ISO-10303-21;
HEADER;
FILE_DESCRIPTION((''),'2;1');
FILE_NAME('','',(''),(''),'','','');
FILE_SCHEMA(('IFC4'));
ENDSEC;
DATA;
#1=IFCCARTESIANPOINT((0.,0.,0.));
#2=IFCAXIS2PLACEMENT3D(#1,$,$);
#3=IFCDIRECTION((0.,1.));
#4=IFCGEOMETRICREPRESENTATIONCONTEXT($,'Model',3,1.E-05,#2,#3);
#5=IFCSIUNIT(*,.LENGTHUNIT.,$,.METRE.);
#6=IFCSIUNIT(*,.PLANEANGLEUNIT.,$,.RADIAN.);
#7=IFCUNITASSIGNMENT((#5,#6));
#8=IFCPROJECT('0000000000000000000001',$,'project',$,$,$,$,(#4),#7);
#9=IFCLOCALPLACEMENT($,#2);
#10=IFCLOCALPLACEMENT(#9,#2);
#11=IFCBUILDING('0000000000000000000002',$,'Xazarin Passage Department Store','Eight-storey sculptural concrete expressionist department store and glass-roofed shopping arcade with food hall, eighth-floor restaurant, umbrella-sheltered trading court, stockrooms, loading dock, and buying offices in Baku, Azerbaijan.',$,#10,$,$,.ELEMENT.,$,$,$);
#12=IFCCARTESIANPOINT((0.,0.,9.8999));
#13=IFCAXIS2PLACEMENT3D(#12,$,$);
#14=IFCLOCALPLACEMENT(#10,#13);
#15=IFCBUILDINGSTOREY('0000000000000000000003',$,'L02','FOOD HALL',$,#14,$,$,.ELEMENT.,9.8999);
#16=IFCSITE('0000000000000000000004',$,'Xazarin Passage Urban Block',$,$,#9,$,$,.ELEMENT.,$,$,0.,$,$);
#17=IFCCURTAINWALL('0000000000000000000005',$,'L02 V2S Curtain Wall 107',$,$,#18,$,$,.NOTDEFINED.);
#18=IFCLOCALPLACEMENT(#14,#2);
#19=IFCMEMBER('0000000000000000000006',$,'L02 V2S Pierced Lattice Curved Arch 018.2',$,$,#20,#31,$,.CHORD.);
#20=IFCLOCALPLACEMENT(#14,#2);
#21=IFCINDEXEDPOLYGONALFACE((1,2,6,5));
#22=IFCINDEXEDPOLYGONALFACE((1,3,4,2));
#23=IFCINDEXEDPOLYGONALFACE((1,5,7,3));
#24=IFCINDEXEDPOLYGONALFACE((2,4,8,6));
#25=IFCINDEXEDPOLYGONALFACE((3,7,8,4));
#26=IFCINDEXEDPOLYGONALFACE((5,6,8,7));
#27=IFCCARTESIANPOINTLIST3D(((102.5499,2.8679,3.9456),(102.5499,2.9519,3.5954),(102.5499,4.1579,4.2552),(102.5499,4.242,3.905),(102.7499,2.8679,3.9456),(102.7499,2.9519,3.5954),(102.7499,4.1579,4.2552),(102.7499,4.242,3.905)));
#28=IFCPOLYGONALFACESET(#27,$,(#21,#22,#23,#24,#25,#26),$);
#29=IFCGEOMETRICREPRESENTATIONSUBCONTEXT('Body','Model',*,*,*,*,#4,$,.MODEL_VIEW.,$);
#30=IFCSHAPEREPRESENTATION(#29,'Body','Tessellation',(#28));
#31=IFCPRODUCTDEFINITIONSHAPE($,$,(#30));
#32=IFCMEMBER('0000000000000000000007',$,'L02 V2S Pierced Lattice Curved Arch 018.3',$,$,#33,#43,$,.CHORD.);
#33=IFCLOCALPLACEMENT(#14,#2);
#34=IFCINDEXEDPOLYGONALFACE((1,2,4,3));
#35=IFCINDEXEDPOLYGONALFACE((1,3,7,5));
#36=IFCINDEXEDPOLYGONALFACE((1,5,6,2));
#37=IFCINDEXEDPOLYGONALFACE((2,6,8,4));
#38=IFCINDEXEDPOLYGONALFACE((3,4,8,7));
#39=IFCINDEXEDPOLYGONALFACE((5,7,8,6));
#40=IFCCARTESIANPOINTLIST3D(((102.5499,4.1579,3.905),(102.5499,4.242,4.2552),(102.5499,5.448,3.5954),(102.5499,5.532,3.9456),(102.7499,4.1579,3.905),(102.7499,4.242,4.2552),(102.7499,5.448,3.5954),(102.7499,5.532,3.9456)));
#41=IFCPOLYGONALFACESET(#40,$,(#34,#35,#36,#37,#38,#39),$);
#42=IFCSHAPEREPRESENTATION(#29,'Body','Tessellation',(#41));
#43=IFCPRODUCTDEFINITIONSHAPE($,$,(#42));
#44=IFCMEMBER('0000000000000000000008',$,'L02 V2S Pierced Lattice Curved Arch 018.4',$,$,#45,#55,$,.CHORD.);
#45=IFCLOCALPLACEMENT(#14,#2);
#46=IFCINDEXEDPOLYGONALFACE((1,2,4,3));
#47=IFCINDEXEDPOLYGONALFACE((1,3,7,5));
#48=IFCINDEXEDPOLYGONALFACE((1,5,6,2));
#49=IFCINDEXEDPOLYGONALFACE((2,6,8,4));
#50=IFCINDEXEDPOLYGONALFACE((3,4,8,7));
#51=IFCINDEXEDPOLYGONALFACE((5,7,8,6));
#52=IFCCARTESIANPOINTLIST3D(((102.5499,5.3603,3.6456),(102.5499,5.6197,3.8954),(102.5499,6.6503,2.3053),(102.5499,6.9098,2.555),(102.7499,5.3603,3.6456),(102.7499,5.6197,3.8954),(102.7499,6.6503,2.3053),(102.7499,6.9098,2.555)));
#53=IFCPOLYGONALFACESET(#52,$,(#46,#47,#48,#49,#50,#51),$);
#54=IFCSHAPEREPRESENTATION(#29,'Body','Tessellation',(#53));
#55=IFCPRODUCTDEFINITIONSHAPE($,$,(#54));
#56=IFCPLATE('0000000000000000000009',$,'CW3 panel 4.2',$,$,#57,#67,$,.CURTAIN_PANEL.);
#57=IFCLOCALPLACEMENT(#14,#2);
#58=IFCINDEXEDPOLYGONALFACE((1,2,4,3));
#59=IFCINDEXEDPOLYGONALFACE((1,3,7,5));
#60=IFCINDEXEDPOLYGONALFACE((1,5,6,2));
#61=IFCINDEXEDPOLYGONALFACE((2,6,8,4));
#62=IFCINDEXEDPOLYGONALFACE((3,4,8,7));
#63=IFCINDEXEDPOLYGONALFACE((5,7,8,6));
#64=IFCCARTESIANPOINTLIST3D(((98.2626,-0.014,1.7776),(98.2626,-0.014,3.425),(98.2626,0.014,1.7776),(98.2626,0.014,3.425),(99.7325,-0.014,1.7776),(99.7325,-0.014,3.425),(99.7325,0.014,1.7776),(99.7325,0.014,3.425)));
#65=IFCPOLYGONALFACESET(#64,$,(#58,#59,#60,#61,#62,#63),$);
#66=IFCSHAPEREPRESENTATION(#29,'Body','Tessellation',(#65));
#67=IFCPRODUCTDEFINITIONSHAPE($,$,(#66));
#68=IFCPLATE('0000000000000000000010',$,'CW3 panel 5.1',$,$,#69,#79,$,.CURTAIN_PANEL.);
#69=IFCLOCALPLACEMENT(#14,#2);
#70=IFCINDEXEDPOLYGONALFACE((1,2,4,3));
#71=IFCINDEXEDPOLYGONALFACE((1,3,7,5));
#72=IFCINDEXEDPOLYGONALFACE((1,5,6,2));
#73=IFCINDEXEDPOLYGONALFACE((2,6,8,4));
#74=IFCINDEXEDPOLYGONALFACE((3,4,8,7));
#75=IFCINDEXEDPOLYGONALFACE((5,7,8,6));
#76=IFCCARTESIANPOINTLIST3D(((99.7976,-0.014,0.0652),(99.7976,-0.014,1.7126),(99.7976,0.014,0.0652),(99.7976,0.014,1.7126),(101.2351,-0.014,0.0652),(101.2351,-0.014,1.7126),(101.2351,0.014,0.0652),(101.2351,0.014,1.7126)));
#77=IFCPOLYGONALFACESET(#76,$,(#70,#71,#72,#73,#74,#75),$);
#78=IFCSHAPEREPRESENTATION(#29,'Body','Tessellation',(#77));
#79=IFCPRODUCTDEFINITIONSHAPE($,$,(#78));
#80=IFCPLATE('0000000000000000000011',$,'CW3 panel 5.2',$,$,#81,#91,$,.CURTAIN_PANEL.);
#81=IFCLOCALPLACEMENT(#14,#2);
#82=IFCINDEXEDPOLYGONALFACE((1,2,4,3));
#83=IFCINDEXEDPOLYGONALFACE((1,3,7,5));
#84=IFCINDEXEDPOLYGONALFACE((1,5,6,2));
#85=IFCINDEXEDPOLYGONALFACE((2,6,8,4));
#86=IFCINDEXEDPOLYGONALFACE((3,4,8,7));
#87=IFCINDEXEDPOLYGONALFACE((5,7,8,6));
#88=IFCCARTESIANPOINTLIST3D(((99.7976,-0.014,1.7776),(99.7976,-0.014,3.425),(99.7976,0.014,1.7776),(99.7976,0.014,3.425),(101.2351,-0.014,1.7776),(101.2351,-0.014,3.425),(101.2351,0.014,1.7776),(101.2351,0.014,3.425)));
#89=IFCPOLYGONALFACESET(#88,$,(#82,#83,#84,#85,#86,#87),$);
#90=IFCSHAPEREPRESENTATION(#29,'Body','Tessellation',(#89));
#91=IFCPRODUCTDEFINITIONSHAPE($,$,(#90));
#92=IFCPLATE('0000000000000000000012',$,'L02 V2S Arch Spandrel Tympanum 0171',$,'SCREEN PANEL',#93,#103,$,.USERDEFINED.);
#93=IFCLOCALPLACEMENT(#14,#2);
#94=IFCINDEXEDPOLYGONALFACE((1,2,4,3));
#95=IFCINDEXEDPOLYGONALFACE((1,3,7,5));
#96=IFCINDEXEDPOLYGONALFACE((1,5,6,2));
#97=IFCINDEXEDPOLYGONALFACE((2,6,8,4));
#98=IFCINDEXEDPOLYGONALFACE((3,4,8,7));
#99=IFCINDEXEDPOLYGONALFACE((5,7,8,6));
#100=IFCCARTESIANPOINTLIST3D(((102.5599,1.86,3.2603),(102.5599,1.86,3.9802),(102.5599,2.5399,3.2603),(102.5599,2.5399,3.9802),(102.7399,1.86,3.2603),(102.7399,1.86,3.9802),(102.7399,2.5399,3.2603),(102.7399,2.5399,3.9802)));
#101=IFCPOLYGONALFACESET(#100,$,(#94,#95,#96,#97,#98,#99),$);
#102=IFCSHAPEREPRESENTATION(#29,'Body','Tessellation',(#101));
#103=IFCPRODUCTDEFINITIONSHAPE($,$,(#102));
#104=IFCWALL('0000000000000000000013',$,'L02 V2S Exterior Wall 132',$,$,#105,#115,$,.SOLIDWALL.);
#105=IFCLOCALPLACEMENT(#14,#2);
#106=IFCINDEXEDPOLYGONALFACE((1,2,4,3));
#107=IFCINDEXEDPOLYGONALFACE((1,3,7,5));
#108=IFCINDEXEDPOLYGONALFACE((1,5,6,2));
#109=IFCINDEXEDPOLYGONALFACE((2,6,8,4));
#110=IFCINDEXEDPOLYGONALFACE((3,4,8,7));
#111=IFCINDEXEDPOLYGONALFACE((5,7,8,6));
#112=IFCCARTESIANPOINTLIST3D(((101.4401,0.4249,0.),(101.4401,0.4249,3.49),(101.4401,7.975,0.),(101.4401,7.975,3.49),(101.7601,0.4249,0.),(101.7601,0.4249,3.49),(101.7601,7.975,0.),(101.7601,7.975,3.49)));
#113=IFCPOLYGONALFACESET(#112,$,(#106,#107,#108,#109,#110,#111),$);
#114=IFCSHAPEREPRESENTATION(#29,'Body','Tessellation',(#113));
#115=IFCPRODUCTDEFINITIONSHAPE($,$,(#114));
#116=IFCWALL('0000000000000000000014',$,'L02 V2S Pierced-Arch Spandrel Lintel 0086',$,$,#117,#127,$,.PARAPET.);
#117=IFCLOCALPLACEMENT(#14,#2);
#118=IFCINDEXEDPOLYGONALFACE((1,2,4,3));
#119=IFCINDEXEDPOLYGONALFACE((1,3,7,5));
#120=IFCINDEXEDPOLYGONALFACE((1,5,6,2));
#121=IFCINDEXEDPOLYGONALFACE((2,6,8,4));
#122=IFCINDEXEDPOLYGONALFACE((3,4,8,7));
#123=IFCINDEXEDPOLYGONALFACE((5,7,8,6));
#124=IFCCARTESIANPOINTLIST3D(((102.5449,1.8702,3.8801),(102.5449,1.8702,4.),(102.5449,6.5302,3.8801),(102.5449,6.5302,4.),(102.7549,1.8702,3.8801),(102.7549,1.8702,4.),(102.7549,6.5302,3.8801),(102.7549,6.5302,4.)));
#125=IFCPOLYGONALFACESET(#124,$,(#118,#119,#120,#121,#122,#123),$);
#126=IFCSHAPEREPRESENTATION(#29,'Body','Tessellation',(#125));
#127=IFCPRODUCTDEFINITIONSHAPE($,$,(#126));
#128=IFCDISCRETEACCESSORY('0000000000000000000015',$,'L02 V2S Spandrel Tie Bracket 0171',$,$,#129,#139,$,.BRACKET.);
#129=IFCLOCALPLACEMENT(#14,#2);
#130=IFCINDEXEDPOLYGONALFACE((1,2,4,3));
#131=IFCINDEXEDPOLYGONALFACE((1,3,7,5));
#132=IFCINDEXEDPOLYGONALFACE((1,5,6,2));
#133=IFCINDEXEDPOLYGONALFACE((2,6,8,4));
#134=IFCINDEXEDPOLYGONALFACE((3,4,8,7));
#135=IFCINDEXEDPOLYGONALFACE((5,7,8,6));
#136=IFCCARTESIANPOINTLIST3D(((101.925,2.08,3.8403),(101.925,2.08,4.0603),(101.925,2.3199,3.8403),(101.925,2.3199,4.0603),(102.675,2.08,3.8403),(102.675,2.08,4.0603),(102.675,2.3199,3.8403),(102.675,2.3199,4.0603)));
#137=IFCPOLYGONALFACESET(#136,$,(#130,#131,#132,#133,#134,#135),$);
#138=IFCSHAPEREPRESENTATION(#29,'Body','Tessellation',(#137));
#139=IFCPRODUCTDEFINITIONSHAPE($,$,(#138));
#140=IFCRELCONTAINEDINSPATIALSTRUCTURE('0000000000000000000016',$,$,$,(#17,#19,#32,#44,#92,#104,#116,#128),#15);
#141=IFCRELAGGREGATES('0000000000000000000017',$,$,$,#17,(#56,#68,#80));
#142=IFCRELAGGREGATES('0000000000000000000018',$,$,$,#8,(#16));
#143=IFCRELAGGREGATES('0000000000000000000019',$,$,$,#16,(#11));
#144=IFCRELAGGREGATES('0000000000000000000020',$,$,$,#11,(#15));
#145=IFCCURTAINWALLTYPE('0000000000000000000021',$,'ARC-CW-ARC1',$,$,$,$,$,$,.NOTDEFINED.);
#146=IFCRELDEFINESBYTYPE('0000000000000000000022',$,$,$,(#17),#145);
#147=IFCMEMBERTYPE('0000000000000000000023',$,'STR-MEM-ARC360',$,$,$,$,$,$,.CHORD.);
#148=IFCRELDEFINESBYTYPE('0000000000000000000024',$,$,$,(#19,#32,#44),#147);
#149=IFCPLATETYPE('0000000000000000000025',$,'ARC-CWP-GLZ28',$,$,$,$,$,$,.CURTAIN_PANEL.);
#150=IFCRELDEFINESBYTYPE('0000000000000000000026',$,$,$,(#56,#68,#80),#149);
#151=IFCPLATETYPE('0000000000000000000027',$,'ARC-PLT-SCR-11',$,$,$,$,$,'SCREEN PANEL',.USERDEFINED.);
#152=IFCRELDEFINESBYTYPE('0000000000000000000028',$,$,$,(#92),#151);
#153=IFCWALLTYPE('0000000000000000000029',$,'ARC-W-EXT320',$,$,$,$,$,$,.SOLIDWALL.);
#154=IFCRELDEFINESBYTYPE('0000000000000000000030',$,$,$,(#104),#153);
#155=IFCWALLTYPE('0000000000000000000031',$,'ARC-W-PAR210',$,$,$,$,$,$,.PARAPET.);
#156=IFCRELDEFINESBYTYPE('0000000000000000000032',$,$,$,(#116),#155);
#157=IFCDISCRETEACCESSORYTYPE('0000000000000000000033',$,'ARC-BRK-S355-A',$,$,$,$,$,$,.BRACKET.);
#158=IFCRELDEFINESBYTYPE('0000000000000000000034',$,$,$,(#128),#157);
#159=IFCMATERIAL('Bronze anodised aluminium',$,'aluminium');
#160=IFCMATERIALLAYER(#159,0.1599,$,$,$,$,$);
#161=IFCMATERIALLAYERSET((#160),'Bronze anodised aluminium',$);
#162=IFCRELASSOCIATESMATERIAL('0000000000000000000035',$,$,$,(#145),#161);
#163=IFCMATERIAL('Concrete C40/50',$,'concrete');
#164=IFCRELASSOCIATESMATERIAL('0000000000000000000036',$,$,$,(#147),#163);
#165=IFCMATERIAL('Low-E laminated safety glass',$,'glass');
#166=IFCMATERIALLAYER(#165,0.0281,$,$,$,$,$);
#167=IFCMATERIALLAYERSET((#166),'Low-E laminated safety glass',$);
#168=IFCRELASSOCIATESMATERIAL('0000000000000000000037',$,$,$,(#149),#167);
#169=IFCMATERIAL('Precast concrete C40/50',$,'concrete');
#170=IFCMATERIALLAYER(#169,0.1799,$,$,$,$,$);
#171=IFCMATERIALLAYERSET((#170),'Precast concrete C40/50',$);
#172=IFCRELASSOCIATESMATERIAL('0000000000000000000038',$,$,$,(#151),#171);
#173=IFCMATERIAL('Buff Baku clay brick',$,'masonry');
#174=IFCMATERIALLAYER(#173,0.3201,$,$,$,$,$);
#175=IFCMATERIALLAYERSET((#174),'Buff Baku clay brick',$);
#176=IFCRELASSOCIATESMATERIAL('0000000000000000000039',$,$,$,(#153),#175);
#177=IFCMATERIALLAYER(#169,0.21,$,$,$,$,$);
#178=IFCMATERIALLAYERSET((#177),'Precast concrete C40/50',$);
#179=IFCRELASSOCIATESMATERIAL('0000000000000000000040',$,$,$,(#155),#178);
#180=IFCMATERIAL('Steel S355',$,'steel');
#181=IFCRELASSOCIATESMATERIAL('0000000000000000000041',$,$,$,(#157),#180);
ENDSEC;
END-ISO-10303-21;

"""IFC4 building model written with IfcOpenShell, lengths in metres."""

from ifc_helpers import new_model, si_unit, direction, frame, frame_2d, origin, origin_2d, place, context, subcontext, project, spatial, rectangle, extrude, material, layer, layer_set, material_profile, profile_set, type_object, element, aggregate, save


model = new_model("IFC4")

# Units and contexts
model_context = context("Model", 3, precision=1e-05, world=origin(), true_north=direction((0.0, 1.0)))
body_context = subcontext(model_context, "Body", "Model", "MODEL_VIEW")
ifc_project = project(units=[si_unit("LENGTHUNIT", "METRE"), si_unit("PLANEANGLEUNIT", "RADIAN")], contexts=[model_context])

# Site, building, storey
site_placement = place(None, origin())
site = spatial("IfcSite", under=ifc_project, at=site_placement, Name="Xazarin Passage Urban Block", CompositionType="ELEMENT", RefElevation=0.0)
building_placement = place(site_placement, origin())
building = spatial("IfcBuilding", under=site, at=building_placement, Name="Xazarin Passage Department Store", Description="Eight-storey sculptural concrete expressionist department store and glass-roofed shopping arcade with food hall, eighth-floor restaurant, umbrella-sheltered trading court, stockrooms, loading dock, and buying offices in Baku, Azerbaijan.", CompositionType="ELEMENT")
storey_placement = place(building_placement, frame((0.0, 0.0, 9.8999)))
storey = spatial("IfcBuildingStorey", under=building, at=storey_placement, Name="L02", Description="FOOD HALL", CompositionType="ELEMENT", Elevation=9.8999)

# Shared definitions
ifc_material_1 = material(Name="Concrete C40/50", Category="concrete")

# Curtain wall
ifc_material_2 = material(Name="Bronze anodised aluminium", Category="aluminium")
ifc_layer_1 = layer(ifc_material_2, 0.1599)
ifc_layer_set_1 = layer_set([ifc_layer_1], Name="Bronze anodised aluminium")
curtain_wall_type = type_object("IfcCurtainWallType", Name="ARC-CW-ARC1", PredefinedType="NOTDEFINED", material=ifc_layer_set_1)
curtain_wall_placement = place(storey_placement, origin())
curtain_wall = element("IfcCurtainWall", 1, at=curtain_wall_placement, inside=storey, type_object=curtain_wall_type, Name="L02 V2S Curtain Wall 107", PredefinedType="NOTDEFINED")

# Members
ifc_material_profile_1 = material_profile(ifc_material_1, rectangle(XDim=0.2, YDim=0.3601, at=origin_2d()), Name="RC 200x360")
ifc_profile_set_1 = profile_set([ifc_material_profile_1], Name="Concrete C40/50")
member_type_1 = type_object("IfcMemberType", Name="STR-MEM-ARC360", PredefinedType="CHORD", material=ifc_profile_set_1)
for number, where, z_axis, x_axis, name in (
    (2, (102.6499, 2.9099, 3.7705), (0.0, 0.972394, 0.233345), (-1.0, 0.0, 0.0), "L02 V2S Pierced Lattice Curved Arch 018.2"),
    (3, (102.6499, 4.2, 4.0801), (0.0, 0.972394, -0.233345), (-1.0, 0.0, 0.0), "L02 V2S Pierced Lattice Curved Arch 018.3"),
):
    element("IfcMember", number, at=place(storey_placement, frame(where, z_axis=z_axis, x_axis=x_axis)), inside=storey, type_object=member_type_1, Name=name, PredefinedType="CHORD", context=body_context, shape_type="SweptSolid", body=[
        extrude(rectangle(XDim=0.2, YDim=0.3601, at=origin_2d()), origin(), (0.0, 0.0, 1.0), 1.3267),
    ])
member_1_placement = place(storey_placement, frame((102.6499, 5.49, 3.7705), z_axis=(0.0, 0.69346, -0.720495), x_axis=(-1.0, 0.0, 0.0)))
element("IfcMember", 4, at=member_1_placement, inside=storey, type_object=member_type_1, Name="L02 V2S Pierced Lattice Curved Arch 018.4", PredefinedType="CHORD", context=body_context, shape_type="SweptSolid", body=[
    extrude(rectangle(XDim=0.2, YDim=0.3601, at=origin_2d()), origin(), (0.0, 0.0, 1.0), 1.8604),
])

# Plates
ifc_material_3 = material(Name="Low-E laminated safety glass", Category="glass")
ifc_layer_2 = layer(ifc_material_3, 0.0281)
ifc_layer_set_2 = layer_set([ifc_layer_2], Name="Low-E laminated safety glass")
plate_type_1 = type_object("IfcPlateType", Name="ARC-CWP-GLZ28", PredefinedType="CURTAIN_PANEL", material=ifc_layer_set_2)
plate_1_placement = place(storey_placement, frame((98.9976, 0.0, 1.7776), z_axis=(0.0, 0.0, 1.0), x_axis=(1.0, 0.0, 0.0)))
plate_1 = element("IfcPlate", 5, at=plate_1_placement, type_object=plate_type_1, Name="CW3 panel 4.2", PredefinedType="CURTAIN_PANEL", context=body_context, shape_type="SweptSolid", body=[
    extrude(rectangle(XDim=1.47, YDim=0.0281, at=origin_2d()), origin(), (0.0, 0.0, 1.0), 1.6475),
])
plate_2_placement = place(storey_placement, frame((100.5164, 0.0, 0.0652), z_axis=(0.0, 0.0, 1.0), x_axis=(1.0, 0.0, 0.0)))
plate_2 = element("IfcPlate", 6, at=plate_2_placement, type_object=plate_type_1, Name="CW3 panel 5.1", PredefinedType="CURTAIN_PANEL", context=body_context, shape_type="SweptSolid", body=[
    extrude(rectangle(XDim=1.4375, YDim=0.0281, at=origin_2d()), origin(), (0.0, 0.0, 1.0), 1.6475),
])
plate_3_placement = place(storey_placement, frame((100.5164, 0.0, 1.7776), z_axis=(0.0, 0.0, 1.0), x_axis=(1.0, 0.0, 0.0)))
plate_3 = element("IfcPlate", 7, at=plate_3_placement, type_object=plate_type_1, Name="CW3 panel 5.2", PredefinedType="CURTAIN_PANEL", context=body_context, shape_type="SweptSolid", body=[
    extrude(rectangle(XDim=1.4375, YDim=0.0281, at=origin_2d()), origin(), (0.0, 0.0, 1.0), 1.6475),
])
aggregate(curtain_wall, [plate_1, plate_2, plate_3])
ifc_material_4 = material(Name="Precast concrete C40/50", Category="concrete")
ifc_layer_3 = layer(ifc_material_4, 0.1799)
ifc_layer_set_3 = layer_set([ifc_layer_3], Name="Precast concrete C40/50")
plate_type_2 = type_object("IfcPlateType", Name="ARC-PLT-SCR-11", ElementType="SCREEN PANEL", PredefinedType="USERDEFINED", material=ifc_layer_set_3)
plate_4_placement = place(storey_placement, frame((102.6499, 2.2, 3.2603), z_axis=(0.0, 0.0, 1.0), x_axis=(0.0, 1.0, 0.0)))
element("IfcPlate", 8, at=plate_4_placement, inside=storey, type_object=plate_type_2, Name="L02 V2S Arch Spandrel Tympanum 0171", ObjectType="SCREEN PANEL", PredefinedType="USERDEFINED", context=body_context, shape_type="SweptSolid", body=[
    extrude(rectangle(XDim=0.6799, YDim=0.1799, at=origin_2d()), origin(), (0.0, 0.0, 1.0), 0.72),
])

# Walls
ifc_material_5 = material(Name="Buff Baku clay brick", Category="masonry")
ifc_layer_4 = layer(ifc_material_5, 0.3201)
ifc_layer_set_4 = layer_set([ifc_layer_4], Name="Buff Baku clay brick")
wall_type_1 = type_object("IfcWallType", Name="ARC-W-EXT320", PredefinedType="SOLIDWALL", material=ifc_layer_set_4)
wall_1_placement = place(storey_placement, frame((101.6001, 0.425, 0.0), z_axis=(0.0, 0.0, 1.0), x_axis=(0.0, 1.0, 0.0)))
element("IfcWall", 9, at=wall_1_placement, inside=storey, type_object=wall_type_1, Name="L02 V2S Exterior Wall 132", PredefinedType="SOLIDWALL", context=body_context, shape_type="SweptSolid", body=[
    extrude(rectangle(XDim=7.55, YDim=0.3201, at=frame_2d((3.7749, 0.0))), origin(), (0.0, 0.0, 1.0), 3.49),
])
ifc_layer_5 = layer(ifc_material_4, 0.21)
ifc_layer_set_5 = layer_set([ifc_layer_5], Name="Precast concrete C40/50")
wall_type_2 = type_object("IfcWallType", Name="ARC-W-PAR210", PredefinedType="PARAPET", material=ifc_layer_set_5)
wall_2_placement = place(storey_placement, frame((102.6499, 1.8701, 3.8801), z_axis=(0.0, 0.0, 1.0), x_axis=(0.0, 1.0, 0.0)))
element("IfcWall", 10, at=wall_2_placement, inside=storey, type_object=wall_type_2, Name="L02 V2S Pierced-Arch Spandrel Lintel 0086", PredefinedType="PARAPET", context=body_context, shape_type="SweptSolid", body=[
    extrude(rectangle(XDim=4.6599, YDim=0.21, at=frame_2d((2.3301, 0.0))), origin(), (0.0, 0.0, 1.0), 0.1199),
])

# Discrete accessory
ifc_material_6 = material(Name="Steel S355", Category="steel")
discrete_accessory_type = type_object("IfcDiscreteAccessoryType", Name="ARC-BRK-S355-A", PredefinedType="BRACKET", material=ifc_material_6)
discrete_accessory_placement = place(storey_placement, frame((102.3, 2.2, 3.8403), z_axis=(0.0, 0.0, 1.0), x_axis=(0.0, 1.0, 0.0)))
element("IfcDiscreteAccessory", 11, at=discrete_accessory_placement, inside=storey, type_object=discrete_accessory_type, Name="L02 V2S Spandrel Tie Bracket 0171", PredefinedType="BRACKET", context=body_context, shape_type="SweptSolid", body=[
    extrude(rectangle(XDim=0.24, YDim=0.75, at=origin_2d()), origin(), (0.0, 0.0, 1.0), 0.22),
])

save(model, "model.ifc")
